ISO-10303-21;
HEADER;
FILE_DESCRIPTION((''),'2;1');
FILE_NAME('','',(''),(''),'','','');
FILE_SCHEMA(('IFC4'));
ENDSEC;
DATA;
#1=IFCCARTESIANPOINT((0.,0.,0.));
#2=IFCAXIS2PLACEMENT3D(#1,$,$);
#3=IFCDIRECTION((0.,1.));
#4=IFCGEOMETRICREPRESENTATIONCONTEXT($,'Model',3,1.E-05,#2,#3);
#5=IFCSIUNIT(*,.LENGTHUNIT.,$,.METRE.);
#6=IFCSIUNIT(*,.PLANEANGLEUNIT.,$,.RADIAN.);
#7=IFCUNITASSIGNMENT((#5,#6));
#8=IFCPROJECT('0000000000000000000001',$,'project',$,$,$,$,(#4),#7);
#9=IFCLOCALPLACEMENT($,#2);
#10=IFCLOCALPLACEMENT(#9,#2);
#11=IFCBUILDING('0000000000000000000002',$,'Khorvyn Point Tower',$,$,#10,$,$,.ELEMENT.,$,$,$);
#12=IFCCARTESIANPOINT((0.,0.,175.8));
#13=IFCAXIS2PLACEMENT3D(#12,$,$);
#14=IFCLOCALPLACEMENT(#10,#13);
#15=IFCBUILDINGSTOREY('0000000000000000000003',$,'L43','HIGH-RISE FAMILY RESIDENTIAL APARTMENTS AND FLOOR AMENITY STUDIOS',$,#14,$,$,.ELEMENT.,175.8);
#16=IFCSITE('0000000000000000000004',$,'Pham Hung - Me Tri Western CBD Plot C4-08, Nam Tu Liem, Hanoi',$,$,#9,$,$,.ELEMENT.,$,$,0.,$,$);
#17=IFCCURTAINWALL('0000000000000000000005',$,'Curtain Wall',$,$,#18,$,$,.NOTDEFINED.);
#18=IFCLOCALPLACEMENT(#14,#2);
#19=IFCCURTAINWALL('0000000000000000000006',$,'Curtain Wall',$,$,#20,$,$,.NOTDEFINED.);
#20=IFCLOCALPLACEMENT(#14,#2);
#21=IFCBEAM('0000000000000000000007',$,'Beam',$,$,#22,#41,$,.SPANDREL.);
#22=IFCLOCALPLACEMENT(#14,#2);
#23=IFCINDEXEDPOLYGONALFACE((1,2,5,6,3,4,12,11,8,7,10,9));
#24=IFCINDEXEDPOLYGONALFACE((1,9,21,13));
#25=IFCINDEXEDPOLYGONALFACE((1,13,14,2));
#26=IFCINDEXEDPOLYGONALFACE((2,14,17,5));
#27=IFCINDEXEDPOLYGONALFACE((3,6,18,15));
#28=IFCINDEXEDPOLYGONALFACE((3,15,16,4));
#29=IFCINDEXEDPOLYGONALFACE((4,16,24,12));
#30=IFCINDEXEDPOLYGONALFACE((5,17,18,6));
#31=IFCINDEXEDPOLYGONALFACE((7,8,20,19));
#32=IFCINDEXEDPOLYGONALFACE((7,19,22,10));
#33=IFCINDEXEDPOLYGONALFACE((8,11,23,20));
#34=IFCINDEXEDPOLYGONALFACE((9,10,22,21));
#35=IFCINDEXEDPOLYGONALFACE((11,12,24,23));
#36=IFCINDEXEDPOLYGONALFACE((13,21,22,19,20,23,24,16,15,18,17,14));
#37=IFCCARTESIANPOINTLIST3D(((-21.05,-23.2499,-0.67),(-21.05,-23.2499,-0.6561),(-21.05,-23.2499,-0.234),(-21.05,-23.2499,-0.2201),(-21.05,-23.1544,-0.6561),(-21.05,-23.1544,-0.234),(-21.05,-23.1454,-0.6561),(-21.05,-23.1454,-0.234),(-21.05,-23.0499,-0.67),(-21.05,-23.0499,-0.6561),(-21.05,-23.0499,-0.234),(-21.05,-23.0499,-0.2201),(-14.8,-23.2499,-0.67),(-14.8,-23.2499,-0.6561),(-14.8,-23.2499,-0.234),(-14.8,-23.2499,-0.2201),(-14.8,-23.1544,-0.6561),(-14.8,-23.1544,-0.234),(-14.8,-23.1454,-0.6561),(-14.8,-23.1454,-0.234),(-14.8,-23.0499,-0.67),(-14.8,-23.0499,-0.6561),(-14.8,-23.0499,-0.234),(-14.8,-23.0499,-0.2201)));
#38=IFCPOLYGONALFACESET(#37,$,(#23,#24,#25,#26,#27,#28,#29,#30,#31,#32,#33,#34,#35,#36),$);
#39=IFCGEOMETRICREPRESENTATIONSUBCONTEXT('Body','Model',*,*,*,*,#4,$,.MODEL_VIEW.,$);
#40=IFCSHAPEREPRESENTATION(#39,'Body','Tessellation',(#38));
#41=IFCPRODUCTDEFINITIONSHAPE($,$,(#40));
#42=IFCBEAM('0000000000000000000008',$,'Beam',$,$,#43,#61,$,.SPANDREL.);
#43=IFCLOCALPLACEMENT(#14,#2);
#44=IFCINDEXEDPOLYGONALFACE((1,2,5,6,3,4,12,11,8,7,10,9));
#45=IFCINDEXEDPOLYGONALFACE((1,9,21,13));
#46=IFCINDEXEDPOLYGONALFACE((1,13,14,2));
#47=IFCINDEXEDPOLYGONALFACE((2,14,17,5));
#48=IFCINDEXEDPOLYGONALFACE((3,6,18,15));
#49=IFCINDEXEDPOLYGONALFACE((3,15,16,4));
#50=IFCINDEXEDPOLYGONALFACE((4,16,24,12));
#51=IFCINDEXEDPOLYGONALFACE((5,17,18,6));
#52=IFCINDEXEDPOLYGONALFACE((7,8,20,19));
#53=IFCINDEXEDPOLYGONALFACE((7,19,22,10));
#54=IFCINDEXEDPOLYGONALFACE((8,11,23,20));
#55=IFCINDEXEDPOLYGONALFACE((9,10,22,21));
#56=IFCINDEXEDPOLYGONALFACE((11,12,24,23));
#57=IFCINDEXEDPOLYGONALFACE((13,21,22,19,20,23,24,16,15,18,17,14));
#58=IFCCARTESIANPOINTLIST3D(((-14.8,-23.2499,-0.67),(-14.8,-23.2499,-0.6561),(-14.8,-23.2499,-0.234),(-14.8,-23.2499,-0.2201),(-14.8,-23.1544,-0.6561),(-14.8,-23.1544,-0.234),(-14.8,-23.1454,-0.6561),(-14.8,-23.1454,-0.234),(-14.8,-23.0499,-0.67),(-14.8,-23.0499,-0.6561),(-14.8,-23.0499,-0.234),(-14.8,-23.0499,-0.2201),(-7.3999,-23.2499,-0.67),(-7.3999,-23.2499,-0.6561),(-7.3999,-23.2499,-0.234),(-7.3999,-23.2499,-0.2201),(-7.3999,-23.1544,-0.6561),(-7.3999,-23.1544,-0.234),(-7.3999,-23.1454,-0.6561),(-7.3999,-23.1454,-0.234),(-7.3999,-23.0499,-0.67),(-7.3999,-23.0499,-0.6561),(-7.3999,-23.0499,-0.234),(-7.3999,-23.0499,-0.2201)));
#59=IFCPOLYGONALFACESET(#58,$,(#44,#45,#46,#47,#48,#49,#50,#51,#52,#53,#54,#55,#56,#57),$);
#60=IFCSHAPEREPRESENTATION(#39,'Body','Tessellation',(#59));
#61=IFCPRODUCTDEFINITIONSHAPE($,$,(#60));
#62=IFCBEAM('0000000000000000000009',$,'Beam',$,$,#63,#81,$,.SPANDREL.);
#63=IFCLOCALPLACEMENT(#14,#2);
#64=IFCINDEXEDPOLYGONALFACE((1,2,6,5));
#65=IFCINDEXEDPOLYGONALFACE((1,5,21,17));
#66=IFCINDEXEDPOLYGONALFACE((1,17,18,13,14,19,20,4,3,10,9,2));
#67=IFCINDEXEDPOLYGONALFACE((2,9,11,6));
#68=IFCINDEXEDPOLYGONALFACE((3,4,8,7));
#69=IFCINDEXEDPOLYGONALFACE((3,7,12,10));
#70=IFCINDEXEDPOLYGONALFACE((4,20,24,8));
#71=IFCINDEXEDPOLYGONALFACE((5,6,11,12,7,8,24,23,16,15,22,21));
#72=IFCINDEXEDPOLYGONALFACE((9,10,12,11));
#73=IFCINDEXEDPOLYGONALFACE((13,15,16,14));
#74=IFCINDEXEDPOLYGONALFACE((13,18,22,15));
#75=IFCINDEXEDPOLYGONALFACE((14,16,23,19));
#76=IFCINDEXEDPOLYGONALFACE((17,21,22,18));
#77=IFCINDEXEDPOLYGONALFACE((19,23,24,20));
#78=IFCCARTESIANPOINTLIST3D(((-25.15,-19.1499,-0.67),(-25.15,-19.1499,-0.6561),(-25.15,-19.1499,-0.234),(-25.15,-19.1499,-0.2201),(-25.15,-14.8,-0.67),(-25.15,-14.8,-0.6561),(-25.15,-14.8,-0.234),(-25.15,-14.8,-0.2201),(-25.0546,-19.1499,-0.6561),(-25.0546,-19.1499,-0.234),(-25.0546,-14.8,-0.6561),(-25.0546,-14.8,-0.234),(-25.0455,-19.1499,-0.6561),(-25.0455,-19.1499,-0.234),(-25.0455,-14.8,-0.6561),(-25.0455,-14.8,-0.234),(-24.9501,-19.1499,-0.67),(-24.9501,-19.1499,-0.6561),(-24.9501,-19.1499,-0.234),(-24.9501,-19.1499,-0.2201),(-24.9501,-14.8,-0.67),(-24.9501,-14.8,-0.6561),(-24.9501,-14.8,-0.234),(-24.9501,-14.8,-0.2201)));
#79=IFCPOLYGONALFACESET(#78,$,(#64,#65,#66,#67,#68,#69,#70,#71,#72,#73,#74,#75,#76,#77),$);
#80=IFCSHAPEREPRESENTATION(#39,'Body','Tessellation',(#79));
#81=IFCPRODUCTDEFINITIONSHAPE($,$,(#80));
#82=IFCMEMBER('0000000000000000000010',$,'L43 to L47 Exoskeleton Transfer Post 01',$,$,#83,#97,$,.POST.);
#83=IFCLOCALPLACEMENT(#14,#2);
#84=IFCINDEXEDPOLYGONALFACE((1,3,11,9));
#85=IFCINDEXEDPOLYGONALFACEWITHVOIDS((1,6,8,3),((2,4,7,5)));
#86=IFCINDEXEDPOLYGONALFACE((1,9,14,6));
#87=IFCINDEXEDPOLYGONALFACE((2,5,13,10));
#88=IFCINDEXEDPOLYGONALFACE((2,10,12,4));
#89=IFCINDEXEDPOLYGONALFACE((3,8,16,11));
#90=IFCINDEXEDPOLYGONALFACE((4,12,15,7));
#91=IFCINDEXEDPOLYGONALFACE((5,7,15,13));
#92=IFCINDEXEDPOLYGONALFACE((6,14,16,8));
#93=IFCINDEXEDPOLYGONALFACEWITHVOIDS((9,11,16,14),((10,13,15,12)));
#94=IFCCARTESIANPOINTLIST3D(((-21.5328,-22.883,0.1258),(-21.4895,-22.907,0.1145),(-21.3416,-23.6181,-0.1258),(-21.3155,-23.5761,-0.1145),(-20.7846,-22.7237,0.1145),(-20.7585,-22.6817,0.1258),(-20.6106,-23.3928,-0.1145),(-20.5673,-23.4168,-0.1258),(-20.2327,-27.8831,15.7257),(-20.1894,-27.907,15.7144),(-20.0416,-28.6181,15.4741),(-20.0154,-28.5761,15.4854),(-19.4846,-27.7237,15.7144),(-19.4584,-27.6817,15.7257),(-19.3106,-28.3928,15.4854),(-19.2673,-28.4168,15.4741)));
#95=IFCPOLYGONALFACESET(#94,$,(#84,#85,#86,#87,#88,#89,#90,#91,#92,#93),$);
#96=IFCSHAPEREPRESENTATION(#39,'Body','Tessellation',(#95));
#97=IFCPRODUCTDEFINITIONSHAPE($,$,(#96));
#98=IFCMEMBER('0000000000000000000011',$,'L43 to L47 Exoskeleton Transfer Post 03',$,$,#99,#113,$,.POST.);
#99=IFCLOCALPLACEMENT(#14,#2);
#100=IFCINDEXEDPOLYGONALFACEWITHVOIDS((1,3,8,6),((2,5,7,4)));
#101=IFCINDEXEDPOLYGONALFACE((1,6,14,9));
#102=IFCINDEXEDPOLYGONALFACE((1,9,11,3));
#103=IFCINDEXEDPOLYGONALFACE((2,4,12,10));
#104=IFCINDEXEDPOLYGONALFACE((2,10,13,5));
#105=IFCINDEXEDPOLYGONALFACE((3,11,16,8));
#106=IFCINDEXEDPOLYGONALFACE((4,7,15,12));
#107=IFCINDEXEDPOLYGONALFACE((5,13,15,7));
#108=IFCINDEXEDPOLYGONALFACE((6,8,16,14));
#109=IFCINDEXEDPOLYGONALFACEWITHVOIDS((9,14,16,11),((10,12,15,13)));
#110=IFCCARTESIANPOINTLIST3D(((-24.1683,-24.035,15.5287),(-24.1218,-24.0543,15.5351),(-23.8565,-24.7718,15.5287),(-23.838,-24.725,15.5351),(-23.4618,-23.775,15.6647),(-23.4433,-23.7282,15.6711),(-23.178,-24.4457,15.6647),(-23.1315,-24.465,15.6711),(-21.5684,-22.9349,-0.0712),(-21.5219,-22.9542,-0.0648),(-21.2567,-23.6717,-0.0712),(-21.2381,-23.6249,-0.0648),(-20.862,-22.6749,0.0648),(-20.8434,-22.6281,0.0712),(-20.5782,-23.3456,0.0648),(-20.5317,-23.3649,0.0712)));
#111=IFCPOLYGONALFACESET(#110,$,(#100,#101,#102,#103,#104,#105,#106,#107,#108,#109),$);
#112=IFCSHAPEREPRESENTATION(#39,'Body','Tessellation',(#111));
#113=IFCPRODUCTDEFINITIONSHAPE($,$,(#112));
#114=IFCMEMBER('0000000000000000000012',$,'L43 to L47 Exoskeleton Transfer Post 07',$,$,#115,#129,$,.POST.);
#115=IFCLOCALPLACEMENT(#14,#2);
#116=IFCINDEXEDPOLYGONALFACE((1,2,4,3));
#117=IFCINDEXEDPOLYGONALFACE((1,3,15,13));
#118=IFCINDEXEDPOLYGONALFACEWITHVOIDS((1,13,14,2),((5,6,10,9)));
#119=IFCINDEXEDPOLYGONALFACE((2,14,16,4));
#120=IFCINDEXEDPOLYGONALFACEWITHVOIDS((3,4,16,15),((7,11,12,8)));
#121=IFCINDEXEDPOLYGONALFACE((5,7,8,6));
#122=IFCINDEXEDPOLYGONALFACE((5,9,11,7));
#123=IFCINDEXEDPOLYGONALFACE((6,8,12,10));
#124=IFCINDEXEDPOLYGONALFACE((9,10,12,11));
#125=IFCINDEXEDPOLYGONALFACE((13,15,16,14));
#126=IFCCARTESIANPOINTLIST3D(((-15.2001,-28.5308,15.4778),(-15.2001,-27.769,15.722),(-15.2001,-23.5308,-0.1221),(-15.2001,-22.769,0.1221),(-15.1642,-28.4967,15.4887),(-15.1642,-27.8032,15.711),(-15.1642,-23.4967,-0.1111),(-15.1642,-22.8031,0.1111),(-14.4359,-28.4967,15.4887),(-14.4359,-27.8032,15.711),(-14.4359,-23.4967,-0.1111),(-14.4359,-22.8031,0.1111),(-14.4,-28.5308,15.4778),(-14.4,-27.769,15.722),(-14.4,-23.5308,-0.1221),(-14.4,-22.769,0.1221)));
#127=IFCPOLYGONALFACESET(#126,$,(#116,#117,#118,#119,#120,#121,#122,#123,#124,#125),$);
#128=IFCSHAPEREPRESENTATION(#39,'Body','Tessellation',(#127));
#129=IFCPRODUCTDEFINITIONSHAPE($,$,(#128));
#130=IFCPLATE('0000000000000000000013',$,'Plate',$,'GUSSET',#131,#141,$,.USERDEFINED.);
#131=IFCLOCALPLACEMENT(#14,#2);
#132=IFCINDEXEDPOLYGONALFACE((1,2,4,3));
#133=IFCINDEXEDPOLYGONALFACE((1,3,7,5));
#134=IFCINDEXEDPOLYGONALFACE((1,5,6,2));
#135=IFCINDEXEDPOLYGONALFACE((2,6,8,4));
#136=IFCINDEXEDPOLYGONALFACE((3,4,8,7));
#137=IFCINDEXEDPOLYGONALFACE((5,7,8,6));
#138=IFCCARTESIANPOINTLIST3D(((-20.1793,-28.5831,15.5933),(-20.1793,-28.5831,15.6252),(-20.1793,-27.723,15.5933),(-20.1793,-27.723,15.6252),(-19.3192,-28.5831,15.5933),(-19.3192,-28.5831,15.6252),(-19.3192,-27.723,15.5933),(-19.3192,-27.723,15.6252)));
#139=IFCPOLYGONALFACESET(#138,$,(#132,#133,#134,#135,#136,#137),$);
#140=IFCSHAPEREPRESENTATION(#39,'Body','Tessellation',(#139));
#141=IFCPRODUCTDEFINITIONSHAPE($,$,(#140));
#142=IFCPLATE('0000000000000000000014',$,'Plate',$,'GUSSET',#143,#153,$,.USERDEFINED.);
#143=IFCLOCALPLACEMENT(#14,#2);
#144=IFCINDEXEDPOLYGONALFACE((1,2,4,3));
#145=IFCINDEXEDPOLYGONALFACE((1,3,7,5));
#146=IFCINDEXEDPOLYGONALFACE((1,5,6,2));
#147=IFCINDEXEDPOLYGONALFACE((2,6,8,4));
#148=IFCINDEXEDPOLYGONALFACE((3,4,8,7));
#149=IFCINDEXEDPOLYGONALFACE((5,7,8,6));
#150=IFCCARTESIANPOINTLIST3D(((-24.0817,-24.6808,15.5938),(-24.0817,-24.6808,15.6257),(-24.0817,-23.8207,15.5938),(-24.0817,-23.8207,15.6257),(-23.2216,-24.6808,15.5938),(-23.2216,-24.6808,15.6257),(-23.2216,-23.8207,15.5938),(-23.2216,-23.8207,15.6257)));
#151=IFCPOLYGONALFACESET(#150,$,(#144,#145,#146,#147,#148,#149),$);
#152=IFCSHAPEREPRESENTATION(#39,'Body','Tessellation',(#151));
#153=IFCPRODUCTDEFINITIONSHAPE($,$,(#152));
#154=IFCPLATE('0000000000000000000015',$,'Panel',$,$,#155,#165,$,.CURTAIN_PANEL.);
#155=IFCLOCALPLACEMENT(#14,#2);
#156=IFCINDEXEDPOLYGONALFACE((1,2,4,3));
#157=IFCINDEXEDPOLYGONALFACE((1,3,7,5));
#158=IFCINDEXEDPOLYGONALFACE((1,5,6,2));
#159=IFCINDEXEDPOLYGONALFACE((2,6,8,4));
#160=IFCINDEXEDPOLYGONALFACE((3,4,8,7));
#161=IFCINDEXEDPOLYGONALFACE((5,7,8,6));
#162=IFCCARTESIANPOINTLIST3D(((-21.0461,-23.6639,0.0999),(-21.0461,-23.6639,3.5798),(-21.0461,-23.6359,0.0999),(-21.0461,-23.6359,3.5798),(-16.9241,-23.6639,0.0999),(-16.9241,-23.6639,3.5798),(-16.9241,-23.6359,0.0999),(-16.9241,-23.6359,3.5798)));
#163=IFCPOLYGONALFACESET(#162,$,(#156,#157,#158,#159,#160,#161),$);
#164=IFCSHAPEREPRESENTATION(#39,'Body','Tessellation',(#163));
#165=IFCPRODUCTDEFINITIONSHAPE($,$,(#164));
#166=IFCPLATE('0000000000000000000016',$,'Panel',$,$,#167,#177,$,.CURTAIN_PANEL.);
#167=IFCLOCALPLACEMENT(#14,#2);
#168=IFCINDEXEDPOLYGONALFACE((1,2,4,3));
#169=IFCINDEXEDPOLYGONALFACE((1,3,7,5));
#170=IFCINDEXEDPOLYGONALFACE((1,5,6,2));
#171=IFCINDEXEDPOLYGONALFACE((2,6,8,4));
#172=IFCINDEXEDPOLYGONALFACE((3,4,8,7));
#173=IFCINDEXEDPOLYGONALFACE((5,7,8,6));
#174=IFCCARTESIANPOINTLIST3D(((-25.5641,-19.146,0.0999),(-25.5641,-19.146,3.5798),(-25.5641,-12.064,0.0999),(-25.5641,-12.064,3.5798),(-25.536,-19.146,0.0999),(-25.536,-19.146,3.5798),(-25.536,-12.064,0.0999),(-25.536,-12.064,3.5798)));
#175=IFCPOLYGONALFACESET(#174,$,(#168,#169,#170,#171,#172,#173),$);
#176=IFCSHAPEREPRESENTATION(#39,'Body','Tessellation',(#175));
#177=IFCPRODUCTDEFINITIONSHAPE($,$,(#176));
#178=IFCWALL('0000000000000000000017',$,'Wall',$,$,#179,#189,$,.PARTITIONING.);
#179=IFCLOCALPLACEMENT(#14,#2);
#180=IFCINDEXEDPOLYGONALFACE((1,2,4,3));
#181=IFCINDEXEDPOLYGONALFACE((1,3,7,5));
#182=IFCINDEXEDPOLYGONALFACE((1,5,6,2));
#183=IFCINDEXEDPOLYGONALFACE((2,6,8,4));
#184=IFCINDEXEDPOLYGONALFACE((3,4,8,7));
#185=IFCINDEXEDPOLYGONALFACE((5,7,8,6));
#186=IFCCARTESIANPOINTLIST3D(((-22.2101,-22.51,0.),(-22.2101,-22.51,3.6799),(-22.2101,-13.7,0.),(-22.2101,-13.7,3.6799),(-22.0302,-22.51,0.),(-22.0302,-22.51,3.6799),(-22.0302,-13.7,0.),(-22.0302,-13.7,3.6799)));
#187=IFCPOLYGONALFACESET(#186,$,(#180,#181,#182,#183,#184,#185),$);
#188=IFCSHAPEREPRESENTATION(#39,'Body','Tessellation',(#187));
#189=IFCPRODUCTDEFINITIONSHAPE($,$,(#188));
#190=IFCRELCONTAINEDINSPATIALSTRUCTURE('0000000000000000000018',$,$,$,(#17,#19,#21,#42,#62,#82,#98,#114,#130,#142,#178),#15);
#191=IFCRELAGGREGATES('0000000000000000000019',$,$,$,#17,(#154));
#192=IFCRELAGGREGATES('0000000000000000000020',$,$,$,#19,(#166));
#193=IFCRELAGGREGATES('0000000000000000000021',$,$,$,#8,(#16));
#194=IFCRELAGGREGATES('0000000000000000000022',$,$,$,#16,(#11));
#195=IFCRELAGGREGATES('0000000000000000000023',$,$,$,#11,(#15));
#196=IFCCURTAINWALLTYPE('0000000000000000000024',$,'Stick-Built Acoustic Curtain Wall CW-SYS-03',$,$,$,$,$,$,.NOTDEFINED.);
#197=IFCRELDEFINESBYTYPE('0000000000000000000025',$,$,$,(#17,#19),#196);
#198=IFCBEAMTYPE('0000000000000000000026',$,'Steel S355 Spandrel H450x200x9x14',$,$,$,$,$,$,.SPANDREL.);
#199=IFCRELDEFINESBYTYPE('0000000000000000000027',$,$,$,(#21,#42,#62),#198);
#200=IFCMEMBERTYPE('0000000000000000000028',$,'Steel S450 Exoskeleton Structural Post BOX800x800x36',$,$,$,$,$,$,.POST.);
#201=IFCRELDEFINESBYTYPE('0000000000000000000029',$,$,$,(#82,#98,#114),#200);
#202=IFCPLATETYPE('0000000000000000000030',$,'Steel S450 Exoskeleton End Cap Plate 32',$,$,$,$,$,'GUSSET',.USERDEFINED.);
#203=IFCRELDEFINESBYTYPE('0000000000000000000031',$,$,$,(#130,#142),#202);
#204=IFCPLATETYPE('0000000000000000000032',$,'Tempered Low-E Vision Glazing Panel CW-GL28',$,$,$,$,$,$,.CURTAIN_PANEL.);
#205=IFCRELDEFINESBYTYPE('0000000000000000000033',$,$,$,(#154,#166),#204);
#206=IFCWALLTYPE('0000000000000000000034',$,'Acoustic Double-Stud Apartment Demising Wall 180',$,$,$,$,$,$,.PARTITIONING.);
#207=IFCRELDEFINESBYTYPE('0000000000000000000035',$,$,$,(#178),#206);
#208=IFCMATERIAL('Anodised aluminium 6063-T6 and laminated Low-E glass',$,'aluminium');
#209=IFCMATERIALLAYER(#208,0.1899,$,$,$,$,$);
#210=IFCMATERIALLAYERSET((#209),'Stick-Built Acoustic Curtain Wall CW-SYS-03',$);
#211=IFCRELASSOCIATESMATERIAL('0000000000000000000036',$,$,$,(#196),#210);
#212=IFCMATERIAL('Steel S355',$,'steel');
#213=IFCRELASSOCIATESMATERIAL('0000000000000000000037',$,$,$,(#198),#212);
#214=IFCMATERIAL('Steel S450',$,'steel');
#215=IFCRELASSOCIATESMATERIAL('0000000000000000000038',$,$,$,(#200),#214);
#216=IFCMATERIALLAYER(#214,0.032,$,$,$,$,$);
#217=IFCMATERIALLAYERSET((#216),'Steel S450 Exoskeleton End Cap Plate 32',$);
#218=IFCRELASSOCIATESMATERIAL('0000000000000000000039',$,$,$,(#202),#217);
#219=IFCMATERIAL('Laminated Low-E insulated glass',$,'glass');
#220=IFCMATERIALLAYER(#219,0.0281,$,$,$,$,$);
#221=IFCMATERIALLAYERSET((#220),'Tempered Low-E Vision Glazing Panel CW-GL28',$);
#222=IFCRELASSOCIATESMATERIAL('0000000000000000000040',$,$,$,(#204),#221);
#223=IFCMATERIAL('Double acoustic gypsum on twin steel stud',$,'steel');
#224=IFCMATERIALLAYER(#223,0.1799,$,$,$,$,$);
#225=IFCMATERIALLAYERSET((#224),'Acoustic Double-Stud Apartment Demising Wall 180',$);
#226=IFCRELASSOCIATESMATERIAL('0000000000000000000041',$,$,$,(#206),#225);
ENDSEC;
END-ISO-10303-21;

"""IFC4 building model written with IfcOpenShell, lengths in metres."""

from ifc_helpers import new_model, si_unit, direction, frame, frame_2d, origin, origin_2d, place, context, subcontext, project, spatial, rectangle, hollow_rectangle, i_section, extrude, material, layer, layer_set, material_profile, profile_set, type_object, element, aggregate, save


model = new_model("IFC4")

# Units and contexts
model_context = context("Model", 3, precision=1e-05, world=origin(), true_north=direction((0.0, 1.0)))
body_context = subcontext(model_context, "Body", "Model", "MODEL_VIEW")
ifc_project = project(units=[si_unit("LENGTHUNIT", "METRE"), si_unit("PLANEANGLEUNIT", "RADIAN")], contexts=[model_context])

# Site, building, storey
site_placement = place(None, origin())
site = spatial("IfcSite", under=ifc_project, at=site_placement, Name="Pham Hung - Me Tri Western CBD Plot C4-08, Nam Tu Liem, Hanoi", CompositionType="ELEMENT", RefElevation=0.0)
building_placement = place(site_placement, origin())
building = spatial("IfcBuilding", under=site, at=building_placement, Name="Khorvyn Point Tower", CompositionType="ELEMENT")
storey_placement = place(building_placement, frame((0.0, 0.0, 175.8)))
storey = spatial("IfcBuildingStorey", under=building, at=storey_placement, Name="L43", Description="HIGH-RISE FAMILY RESIDENTIAL APARTMENTS AND FLOOR AMENITY STUDIOS", CompositionType="ELEMENT", Elevation=175.8)

# Shared definitions
ifc_material_1 = material(Name="Steel S450", Category="steel")

# Curtain wall
ifc_material_2 = material(Name="Anodised aluminium 6063-T6 and laminated Low-E glass", Category="aluminium")
ifc_layer_1 = layer(ifc_material_2, 0.1899)
ifc_layer_set_1 = layer_set([ifc_layer_1], Name="Stick-Built Acoustic Curtain Wall CW-SYS-03")
curtain_wall_type = type_object("IfcCurtainWallType", Name="Stick-Built Acoustic Curtain Wall CW-SYS-03", PredefinedType="NOTDEFINED", material=ifc_layer_set_1)
curtain_wall_1_placement = place(storey_placement, origin())
curtain_wall_1 = element("IfcCurtainWall", 1, at=curtain_wall_1_placement, inside=storey, type_object=curtain_wall_type, Name="Curtain Wall", PredefinedType="NOTDEFINED")

# Curtain wall
curtain_wall_2_placement = place(storey_placement, origin())
curtain_wall_2 = element("IfcCurtainWall", 2, at=curtain_wall_2_placement, inside=storey, type_object=curtain_wall_type, Name="Curtain Wall", PredefinedType="NOTDEFINED")

# Beams
ifc_material_3 = material(Name="Steel S355", Category="steel")
ifc_material_profile_1 = material_profile(ifc_material_3, i_section(OverallWidth=0.2, OverallDepth=0.45, WebThickness=0.009, FlangeThickness=0.0139, at=origin_2d()))
ifc_profile_set_1 = profile_set([ifc_material_profile_1], Name="Steel S355 H450x200x9x14")
beam_type_1 = type_object("IfcBeamType", Name="Steel S355 Spandrel H450x200x9x14", PredefinedType="SPANDREL", material=ifc_profile_set_1)
beam_1_placement = place(storey_placement, frame((-21.05, -23.1499, -0.4451), z_axis=(1.0, 0.0, 0.0), x_axis=(0.0, 1.0, 0.0)))
element("IfcBeam", 3, at=beam_1_placement, inside=storey, type_object=beam_type_1, Name="Beam", PredefinedType="SPANDREL", context=body_context, shape_type="SweptSolid", body=[
    extrude(i_section(OverallWidth=0.2, OverallDepth=0.45, WebThickness=0.009, FlangeThickness=0.0139, at=origin_2d()), origin(), (0.0, 0.0, 1.0), 6.25),
])
beam_2_placement = place(storey_placement, frame((-14.8, -23.1499, -0.4451), z_axis=(1.0, 0.0, 0.0), x_axis=(0.0, 1.0, 0.0)))
element("IfcBeam", 4, at=beam_2_placement, inside=storey, type_object=beam_type_1, Name="Beam", PredefinedType="SPANDREL", context=body_context, shape_type="SweptSolid", body=[
    extrude(i_section(OverallWidth=0.2, OverallDepth=0.45, WebThickness=0.009, FlangeThickness=0.0139, at=origin_2d()), origin(), (0.0, 0.0, 1.0), 7.4001),
])
beam_3_placement = place(storey_placement, frame((-25.05, -19.1499, -0.4451), z_axis=(0.0, 1.0, 0.0), x_axis=(-1.0, 0.0, 0.0)))
element("IfcBeam", 5, at=beam_3_placement, inside=storey, type_object=beam_type_1, Name="Beam", PredefinedType="SPANDREL", context=body_context, shape_type="SweptSolid", body=[
    extrude(i_section(OverallWidth=0.2, OverallDepth=0.45, WebThickness=0.009, FlangeThickness=0.0139, at=origin_2d()), origin(), (0.0, 0.0, 1.0), 4.3499),
])

# Members
ifc_material_profile_2 = material_profile(ifc_material_1, hollow_rectangle(XDim=0.8, YDim=0.8, WallThickness=0.0359, at=origin_2d()))
ifc_profile_set_2 = profile_set([ifc_material_profile_2], Name="Steel S450 BOX800x800x36")
member_type_1 = type_object("IfcMemberType", Name="Steel S450 Exoskeleton Structural Post BOX800x800x36", PredefinedType="POST", material=ifc_profile_set_2)
member_1_placement = place(storey_placement, frame((-21.05, -23.1499, 0.0), z_axis=(0.079112, -0.304265, 0.949297), x_axis=(0.96782, 0.251643, 0.0)))
element("IfcMember", 6, at=member_1_placement, inside=storey, type_object=member_type_1, Name="L43 to L47 Exoskeleton Transfer Post 01", PredefinedType="POST", context=body_context, shape_type="SweptSolid", body=[
    extrude(hollow_rectangle(XDim=0.8, YDim=0.8, WallThickness=0.0359, at=origin_2d()), origin(), (0.0, 0.0, 1.0), 16.4331),
])
member_2_placement = place(storey_placement, frame((-21.05, -23.1499, 0.0), z_axis=(-0.163995, -0.069393, 0.984017), x_axis=(0.389688, -0.920947, 0.0)))
element("IfcMember", 7, at=member_2_placement, inside=storey, type_object=member_type_1, Name="L43 to L47 Exoskeleton Transfer Post 03", PredefinedType="POST", context=body_context, shape_type="SweptSolid", body=[
    extrude(hollow_rectangle(XDim=0.8, YDim=0.8, WallThickness=0.0359, at=origin_2d()), origin(), (0.0, 0.0, 1.0), 15.8533),
])
member_3_placement = place(storey_placement, frame((-14.8, -23.1499, 0.0), z_axis=(0.0, -0.305221, 0.952281), x_axis=(1.0, 0.0, 0.0)))
element("IfcMember", 8, at=member_3_placement, inside=storey, type_object=member_type_1, Name="L43 to L47 Exoskeleton Transfer Post 07", PredefinedType="POST", context=body_context, shape_type="SweptSolid", body=[
    extrude(hollow_rectangle(XDim=0.8, YDim=0.8, WallThickness=0.0359, at=origin_2d()), origin(), (0.0, 0.0, 1.0), 16.3816),
])

# Plates
ifc_layer_2 = layer(ifc_material_1, 0.032)
ifc_layer_set_2 = layer_set([ifc_layer_2], Name="Steel S450 Exoskeleton End Cap Plate 32")
plate_type_1 = type_object("IfcPlateType", Name="Steel S450 Exoskeleton End Cap Plate 32", ElementType="GUSSET", PredefinedType="USERDEFINED", material=ifc_layer_set_2)
for number, where, z_axis, x_axis, name in (
    (9, (-19.7493, -28.1531, 15.5933), (0.0, 0.0, 1.0), (1.0, 0.0, 0.0), "Plate"),
    (10, (-23.6516, -24.2507, 15.5938), (0.0, 0.0, 1.0), (1.0, 0.0, 0.0), "Plate"),
):
    element("IfcPlate", number, at=place(storey_placement, frame(where, z_axis=z_axis, x_axis=x_axis)), inside=storey, type_object=plate_type_1, Name=name, ObjectType="GUSSET", PredefinedType="USERDEFINED", context=body_context, shape_type="SweptSolid", body=[
        extrude(rectangle(XDim=0.8601, YDim=0.8601, at=origin_2d()), origin(), (0.0, 0.0, 1.0), 0.032),
    ])

# Plates
ifc_material_4 = material(Name="Laminated Low-E insulated glass", Category="glass")
ifc_layer_3 = layer(ifc_material_4, 0.0281)
ifc_layer_set_3 = layer_set([ifc_layer_3], Name="Tempered Low-E Vision Glazing Panel CW-GL28")
plate_type_2 = type_object("IfcPlateType", Name="Tempered Low-E Vision Glazing Panel CW-GL28", PredefinedType="CURTAIN_PANEL", material=ifc_layer_set_3)
plate_1_placement = place(storey_placement, frame((-18.9851, -23.6499, 0.0999), z_axis=(0.0, 0.0, 1.0), x_axis=(-1.0, 0.0, 0.0)))
plate_1 = element("IfcPlate", 11, at=plate_1_placement, type_object=plate_type_2, Name="Panel", PredefinedType="CURTAIN_PANEL", context=body_context, shape_type="SweptSolid", body=[
    extrude(rectangle(XDim=4.1221, YDim=0.0281, at=origin_2d()), origin(), (0.0, 0.0, 1.0), 3.48),
])
aggregate(curtain_wall_1, [plate_1])
plate_2_placement = place(storey_placement, frame((-25.55, -15.605, 0.0999), z_axis=(0.0, 0.0, 1.0), x_axis=(0.0, 1.0, 0.0)))
plate_2 = element("IfcPlate", 12, at=plate_2_placement, type_object=plate_type_2, Name="Panel", PredefinedType="CURTAIN_PANEL", context=body_context, shape_type="SweptSolid", body=[
    extrude(rectangle(XDim=7.082, YDim=0.0281, at=origin_2d()), origin(), (0.0, 0.0, 1.0), 3.48),
])
aggregate(curtain_wall_2, [plate_2])

# Wall
ifc_material_5 = material(Name="Double acoustic gypsum on twin steel stud", Category="steel")
ifc_layer_4 = layer(ifc_material_5, 0.1799)
ifc_layer_set_4 = layer_set([ifc_layer_4], Name="Acoustic Double-Stud Apartment Demising Wall 180")
wall_type_1 = type_object("IfcWallType", Name="Acoustic Double-Stud Apartment Demising Wall 180", PredefinedType="PARTITIONING", material=ifc_layer_set_4)
wall_1_placement = place(storey_placement, frame((-22.1201, -22.51, 0.0), z_axis=(0.0, 0.0, 1.0), x_axis=(0.0, 1.0, 0.0)))
element("IfcWall", 13, at=wall_1_placement, inside=storey, type_object=wall_type_1, Name="Wall", PredefinedType="PARTITIONING", context=body_context, shape_type="SweptSolid", body=[
    extrude(rectangle(XDim=8.8101, YDim=0.1799, at=frame_2d((4.405, 0.0))), origin(), (0.0, 0.0, 1.0), 3.6799),
])

save(model, "model.ifc")
